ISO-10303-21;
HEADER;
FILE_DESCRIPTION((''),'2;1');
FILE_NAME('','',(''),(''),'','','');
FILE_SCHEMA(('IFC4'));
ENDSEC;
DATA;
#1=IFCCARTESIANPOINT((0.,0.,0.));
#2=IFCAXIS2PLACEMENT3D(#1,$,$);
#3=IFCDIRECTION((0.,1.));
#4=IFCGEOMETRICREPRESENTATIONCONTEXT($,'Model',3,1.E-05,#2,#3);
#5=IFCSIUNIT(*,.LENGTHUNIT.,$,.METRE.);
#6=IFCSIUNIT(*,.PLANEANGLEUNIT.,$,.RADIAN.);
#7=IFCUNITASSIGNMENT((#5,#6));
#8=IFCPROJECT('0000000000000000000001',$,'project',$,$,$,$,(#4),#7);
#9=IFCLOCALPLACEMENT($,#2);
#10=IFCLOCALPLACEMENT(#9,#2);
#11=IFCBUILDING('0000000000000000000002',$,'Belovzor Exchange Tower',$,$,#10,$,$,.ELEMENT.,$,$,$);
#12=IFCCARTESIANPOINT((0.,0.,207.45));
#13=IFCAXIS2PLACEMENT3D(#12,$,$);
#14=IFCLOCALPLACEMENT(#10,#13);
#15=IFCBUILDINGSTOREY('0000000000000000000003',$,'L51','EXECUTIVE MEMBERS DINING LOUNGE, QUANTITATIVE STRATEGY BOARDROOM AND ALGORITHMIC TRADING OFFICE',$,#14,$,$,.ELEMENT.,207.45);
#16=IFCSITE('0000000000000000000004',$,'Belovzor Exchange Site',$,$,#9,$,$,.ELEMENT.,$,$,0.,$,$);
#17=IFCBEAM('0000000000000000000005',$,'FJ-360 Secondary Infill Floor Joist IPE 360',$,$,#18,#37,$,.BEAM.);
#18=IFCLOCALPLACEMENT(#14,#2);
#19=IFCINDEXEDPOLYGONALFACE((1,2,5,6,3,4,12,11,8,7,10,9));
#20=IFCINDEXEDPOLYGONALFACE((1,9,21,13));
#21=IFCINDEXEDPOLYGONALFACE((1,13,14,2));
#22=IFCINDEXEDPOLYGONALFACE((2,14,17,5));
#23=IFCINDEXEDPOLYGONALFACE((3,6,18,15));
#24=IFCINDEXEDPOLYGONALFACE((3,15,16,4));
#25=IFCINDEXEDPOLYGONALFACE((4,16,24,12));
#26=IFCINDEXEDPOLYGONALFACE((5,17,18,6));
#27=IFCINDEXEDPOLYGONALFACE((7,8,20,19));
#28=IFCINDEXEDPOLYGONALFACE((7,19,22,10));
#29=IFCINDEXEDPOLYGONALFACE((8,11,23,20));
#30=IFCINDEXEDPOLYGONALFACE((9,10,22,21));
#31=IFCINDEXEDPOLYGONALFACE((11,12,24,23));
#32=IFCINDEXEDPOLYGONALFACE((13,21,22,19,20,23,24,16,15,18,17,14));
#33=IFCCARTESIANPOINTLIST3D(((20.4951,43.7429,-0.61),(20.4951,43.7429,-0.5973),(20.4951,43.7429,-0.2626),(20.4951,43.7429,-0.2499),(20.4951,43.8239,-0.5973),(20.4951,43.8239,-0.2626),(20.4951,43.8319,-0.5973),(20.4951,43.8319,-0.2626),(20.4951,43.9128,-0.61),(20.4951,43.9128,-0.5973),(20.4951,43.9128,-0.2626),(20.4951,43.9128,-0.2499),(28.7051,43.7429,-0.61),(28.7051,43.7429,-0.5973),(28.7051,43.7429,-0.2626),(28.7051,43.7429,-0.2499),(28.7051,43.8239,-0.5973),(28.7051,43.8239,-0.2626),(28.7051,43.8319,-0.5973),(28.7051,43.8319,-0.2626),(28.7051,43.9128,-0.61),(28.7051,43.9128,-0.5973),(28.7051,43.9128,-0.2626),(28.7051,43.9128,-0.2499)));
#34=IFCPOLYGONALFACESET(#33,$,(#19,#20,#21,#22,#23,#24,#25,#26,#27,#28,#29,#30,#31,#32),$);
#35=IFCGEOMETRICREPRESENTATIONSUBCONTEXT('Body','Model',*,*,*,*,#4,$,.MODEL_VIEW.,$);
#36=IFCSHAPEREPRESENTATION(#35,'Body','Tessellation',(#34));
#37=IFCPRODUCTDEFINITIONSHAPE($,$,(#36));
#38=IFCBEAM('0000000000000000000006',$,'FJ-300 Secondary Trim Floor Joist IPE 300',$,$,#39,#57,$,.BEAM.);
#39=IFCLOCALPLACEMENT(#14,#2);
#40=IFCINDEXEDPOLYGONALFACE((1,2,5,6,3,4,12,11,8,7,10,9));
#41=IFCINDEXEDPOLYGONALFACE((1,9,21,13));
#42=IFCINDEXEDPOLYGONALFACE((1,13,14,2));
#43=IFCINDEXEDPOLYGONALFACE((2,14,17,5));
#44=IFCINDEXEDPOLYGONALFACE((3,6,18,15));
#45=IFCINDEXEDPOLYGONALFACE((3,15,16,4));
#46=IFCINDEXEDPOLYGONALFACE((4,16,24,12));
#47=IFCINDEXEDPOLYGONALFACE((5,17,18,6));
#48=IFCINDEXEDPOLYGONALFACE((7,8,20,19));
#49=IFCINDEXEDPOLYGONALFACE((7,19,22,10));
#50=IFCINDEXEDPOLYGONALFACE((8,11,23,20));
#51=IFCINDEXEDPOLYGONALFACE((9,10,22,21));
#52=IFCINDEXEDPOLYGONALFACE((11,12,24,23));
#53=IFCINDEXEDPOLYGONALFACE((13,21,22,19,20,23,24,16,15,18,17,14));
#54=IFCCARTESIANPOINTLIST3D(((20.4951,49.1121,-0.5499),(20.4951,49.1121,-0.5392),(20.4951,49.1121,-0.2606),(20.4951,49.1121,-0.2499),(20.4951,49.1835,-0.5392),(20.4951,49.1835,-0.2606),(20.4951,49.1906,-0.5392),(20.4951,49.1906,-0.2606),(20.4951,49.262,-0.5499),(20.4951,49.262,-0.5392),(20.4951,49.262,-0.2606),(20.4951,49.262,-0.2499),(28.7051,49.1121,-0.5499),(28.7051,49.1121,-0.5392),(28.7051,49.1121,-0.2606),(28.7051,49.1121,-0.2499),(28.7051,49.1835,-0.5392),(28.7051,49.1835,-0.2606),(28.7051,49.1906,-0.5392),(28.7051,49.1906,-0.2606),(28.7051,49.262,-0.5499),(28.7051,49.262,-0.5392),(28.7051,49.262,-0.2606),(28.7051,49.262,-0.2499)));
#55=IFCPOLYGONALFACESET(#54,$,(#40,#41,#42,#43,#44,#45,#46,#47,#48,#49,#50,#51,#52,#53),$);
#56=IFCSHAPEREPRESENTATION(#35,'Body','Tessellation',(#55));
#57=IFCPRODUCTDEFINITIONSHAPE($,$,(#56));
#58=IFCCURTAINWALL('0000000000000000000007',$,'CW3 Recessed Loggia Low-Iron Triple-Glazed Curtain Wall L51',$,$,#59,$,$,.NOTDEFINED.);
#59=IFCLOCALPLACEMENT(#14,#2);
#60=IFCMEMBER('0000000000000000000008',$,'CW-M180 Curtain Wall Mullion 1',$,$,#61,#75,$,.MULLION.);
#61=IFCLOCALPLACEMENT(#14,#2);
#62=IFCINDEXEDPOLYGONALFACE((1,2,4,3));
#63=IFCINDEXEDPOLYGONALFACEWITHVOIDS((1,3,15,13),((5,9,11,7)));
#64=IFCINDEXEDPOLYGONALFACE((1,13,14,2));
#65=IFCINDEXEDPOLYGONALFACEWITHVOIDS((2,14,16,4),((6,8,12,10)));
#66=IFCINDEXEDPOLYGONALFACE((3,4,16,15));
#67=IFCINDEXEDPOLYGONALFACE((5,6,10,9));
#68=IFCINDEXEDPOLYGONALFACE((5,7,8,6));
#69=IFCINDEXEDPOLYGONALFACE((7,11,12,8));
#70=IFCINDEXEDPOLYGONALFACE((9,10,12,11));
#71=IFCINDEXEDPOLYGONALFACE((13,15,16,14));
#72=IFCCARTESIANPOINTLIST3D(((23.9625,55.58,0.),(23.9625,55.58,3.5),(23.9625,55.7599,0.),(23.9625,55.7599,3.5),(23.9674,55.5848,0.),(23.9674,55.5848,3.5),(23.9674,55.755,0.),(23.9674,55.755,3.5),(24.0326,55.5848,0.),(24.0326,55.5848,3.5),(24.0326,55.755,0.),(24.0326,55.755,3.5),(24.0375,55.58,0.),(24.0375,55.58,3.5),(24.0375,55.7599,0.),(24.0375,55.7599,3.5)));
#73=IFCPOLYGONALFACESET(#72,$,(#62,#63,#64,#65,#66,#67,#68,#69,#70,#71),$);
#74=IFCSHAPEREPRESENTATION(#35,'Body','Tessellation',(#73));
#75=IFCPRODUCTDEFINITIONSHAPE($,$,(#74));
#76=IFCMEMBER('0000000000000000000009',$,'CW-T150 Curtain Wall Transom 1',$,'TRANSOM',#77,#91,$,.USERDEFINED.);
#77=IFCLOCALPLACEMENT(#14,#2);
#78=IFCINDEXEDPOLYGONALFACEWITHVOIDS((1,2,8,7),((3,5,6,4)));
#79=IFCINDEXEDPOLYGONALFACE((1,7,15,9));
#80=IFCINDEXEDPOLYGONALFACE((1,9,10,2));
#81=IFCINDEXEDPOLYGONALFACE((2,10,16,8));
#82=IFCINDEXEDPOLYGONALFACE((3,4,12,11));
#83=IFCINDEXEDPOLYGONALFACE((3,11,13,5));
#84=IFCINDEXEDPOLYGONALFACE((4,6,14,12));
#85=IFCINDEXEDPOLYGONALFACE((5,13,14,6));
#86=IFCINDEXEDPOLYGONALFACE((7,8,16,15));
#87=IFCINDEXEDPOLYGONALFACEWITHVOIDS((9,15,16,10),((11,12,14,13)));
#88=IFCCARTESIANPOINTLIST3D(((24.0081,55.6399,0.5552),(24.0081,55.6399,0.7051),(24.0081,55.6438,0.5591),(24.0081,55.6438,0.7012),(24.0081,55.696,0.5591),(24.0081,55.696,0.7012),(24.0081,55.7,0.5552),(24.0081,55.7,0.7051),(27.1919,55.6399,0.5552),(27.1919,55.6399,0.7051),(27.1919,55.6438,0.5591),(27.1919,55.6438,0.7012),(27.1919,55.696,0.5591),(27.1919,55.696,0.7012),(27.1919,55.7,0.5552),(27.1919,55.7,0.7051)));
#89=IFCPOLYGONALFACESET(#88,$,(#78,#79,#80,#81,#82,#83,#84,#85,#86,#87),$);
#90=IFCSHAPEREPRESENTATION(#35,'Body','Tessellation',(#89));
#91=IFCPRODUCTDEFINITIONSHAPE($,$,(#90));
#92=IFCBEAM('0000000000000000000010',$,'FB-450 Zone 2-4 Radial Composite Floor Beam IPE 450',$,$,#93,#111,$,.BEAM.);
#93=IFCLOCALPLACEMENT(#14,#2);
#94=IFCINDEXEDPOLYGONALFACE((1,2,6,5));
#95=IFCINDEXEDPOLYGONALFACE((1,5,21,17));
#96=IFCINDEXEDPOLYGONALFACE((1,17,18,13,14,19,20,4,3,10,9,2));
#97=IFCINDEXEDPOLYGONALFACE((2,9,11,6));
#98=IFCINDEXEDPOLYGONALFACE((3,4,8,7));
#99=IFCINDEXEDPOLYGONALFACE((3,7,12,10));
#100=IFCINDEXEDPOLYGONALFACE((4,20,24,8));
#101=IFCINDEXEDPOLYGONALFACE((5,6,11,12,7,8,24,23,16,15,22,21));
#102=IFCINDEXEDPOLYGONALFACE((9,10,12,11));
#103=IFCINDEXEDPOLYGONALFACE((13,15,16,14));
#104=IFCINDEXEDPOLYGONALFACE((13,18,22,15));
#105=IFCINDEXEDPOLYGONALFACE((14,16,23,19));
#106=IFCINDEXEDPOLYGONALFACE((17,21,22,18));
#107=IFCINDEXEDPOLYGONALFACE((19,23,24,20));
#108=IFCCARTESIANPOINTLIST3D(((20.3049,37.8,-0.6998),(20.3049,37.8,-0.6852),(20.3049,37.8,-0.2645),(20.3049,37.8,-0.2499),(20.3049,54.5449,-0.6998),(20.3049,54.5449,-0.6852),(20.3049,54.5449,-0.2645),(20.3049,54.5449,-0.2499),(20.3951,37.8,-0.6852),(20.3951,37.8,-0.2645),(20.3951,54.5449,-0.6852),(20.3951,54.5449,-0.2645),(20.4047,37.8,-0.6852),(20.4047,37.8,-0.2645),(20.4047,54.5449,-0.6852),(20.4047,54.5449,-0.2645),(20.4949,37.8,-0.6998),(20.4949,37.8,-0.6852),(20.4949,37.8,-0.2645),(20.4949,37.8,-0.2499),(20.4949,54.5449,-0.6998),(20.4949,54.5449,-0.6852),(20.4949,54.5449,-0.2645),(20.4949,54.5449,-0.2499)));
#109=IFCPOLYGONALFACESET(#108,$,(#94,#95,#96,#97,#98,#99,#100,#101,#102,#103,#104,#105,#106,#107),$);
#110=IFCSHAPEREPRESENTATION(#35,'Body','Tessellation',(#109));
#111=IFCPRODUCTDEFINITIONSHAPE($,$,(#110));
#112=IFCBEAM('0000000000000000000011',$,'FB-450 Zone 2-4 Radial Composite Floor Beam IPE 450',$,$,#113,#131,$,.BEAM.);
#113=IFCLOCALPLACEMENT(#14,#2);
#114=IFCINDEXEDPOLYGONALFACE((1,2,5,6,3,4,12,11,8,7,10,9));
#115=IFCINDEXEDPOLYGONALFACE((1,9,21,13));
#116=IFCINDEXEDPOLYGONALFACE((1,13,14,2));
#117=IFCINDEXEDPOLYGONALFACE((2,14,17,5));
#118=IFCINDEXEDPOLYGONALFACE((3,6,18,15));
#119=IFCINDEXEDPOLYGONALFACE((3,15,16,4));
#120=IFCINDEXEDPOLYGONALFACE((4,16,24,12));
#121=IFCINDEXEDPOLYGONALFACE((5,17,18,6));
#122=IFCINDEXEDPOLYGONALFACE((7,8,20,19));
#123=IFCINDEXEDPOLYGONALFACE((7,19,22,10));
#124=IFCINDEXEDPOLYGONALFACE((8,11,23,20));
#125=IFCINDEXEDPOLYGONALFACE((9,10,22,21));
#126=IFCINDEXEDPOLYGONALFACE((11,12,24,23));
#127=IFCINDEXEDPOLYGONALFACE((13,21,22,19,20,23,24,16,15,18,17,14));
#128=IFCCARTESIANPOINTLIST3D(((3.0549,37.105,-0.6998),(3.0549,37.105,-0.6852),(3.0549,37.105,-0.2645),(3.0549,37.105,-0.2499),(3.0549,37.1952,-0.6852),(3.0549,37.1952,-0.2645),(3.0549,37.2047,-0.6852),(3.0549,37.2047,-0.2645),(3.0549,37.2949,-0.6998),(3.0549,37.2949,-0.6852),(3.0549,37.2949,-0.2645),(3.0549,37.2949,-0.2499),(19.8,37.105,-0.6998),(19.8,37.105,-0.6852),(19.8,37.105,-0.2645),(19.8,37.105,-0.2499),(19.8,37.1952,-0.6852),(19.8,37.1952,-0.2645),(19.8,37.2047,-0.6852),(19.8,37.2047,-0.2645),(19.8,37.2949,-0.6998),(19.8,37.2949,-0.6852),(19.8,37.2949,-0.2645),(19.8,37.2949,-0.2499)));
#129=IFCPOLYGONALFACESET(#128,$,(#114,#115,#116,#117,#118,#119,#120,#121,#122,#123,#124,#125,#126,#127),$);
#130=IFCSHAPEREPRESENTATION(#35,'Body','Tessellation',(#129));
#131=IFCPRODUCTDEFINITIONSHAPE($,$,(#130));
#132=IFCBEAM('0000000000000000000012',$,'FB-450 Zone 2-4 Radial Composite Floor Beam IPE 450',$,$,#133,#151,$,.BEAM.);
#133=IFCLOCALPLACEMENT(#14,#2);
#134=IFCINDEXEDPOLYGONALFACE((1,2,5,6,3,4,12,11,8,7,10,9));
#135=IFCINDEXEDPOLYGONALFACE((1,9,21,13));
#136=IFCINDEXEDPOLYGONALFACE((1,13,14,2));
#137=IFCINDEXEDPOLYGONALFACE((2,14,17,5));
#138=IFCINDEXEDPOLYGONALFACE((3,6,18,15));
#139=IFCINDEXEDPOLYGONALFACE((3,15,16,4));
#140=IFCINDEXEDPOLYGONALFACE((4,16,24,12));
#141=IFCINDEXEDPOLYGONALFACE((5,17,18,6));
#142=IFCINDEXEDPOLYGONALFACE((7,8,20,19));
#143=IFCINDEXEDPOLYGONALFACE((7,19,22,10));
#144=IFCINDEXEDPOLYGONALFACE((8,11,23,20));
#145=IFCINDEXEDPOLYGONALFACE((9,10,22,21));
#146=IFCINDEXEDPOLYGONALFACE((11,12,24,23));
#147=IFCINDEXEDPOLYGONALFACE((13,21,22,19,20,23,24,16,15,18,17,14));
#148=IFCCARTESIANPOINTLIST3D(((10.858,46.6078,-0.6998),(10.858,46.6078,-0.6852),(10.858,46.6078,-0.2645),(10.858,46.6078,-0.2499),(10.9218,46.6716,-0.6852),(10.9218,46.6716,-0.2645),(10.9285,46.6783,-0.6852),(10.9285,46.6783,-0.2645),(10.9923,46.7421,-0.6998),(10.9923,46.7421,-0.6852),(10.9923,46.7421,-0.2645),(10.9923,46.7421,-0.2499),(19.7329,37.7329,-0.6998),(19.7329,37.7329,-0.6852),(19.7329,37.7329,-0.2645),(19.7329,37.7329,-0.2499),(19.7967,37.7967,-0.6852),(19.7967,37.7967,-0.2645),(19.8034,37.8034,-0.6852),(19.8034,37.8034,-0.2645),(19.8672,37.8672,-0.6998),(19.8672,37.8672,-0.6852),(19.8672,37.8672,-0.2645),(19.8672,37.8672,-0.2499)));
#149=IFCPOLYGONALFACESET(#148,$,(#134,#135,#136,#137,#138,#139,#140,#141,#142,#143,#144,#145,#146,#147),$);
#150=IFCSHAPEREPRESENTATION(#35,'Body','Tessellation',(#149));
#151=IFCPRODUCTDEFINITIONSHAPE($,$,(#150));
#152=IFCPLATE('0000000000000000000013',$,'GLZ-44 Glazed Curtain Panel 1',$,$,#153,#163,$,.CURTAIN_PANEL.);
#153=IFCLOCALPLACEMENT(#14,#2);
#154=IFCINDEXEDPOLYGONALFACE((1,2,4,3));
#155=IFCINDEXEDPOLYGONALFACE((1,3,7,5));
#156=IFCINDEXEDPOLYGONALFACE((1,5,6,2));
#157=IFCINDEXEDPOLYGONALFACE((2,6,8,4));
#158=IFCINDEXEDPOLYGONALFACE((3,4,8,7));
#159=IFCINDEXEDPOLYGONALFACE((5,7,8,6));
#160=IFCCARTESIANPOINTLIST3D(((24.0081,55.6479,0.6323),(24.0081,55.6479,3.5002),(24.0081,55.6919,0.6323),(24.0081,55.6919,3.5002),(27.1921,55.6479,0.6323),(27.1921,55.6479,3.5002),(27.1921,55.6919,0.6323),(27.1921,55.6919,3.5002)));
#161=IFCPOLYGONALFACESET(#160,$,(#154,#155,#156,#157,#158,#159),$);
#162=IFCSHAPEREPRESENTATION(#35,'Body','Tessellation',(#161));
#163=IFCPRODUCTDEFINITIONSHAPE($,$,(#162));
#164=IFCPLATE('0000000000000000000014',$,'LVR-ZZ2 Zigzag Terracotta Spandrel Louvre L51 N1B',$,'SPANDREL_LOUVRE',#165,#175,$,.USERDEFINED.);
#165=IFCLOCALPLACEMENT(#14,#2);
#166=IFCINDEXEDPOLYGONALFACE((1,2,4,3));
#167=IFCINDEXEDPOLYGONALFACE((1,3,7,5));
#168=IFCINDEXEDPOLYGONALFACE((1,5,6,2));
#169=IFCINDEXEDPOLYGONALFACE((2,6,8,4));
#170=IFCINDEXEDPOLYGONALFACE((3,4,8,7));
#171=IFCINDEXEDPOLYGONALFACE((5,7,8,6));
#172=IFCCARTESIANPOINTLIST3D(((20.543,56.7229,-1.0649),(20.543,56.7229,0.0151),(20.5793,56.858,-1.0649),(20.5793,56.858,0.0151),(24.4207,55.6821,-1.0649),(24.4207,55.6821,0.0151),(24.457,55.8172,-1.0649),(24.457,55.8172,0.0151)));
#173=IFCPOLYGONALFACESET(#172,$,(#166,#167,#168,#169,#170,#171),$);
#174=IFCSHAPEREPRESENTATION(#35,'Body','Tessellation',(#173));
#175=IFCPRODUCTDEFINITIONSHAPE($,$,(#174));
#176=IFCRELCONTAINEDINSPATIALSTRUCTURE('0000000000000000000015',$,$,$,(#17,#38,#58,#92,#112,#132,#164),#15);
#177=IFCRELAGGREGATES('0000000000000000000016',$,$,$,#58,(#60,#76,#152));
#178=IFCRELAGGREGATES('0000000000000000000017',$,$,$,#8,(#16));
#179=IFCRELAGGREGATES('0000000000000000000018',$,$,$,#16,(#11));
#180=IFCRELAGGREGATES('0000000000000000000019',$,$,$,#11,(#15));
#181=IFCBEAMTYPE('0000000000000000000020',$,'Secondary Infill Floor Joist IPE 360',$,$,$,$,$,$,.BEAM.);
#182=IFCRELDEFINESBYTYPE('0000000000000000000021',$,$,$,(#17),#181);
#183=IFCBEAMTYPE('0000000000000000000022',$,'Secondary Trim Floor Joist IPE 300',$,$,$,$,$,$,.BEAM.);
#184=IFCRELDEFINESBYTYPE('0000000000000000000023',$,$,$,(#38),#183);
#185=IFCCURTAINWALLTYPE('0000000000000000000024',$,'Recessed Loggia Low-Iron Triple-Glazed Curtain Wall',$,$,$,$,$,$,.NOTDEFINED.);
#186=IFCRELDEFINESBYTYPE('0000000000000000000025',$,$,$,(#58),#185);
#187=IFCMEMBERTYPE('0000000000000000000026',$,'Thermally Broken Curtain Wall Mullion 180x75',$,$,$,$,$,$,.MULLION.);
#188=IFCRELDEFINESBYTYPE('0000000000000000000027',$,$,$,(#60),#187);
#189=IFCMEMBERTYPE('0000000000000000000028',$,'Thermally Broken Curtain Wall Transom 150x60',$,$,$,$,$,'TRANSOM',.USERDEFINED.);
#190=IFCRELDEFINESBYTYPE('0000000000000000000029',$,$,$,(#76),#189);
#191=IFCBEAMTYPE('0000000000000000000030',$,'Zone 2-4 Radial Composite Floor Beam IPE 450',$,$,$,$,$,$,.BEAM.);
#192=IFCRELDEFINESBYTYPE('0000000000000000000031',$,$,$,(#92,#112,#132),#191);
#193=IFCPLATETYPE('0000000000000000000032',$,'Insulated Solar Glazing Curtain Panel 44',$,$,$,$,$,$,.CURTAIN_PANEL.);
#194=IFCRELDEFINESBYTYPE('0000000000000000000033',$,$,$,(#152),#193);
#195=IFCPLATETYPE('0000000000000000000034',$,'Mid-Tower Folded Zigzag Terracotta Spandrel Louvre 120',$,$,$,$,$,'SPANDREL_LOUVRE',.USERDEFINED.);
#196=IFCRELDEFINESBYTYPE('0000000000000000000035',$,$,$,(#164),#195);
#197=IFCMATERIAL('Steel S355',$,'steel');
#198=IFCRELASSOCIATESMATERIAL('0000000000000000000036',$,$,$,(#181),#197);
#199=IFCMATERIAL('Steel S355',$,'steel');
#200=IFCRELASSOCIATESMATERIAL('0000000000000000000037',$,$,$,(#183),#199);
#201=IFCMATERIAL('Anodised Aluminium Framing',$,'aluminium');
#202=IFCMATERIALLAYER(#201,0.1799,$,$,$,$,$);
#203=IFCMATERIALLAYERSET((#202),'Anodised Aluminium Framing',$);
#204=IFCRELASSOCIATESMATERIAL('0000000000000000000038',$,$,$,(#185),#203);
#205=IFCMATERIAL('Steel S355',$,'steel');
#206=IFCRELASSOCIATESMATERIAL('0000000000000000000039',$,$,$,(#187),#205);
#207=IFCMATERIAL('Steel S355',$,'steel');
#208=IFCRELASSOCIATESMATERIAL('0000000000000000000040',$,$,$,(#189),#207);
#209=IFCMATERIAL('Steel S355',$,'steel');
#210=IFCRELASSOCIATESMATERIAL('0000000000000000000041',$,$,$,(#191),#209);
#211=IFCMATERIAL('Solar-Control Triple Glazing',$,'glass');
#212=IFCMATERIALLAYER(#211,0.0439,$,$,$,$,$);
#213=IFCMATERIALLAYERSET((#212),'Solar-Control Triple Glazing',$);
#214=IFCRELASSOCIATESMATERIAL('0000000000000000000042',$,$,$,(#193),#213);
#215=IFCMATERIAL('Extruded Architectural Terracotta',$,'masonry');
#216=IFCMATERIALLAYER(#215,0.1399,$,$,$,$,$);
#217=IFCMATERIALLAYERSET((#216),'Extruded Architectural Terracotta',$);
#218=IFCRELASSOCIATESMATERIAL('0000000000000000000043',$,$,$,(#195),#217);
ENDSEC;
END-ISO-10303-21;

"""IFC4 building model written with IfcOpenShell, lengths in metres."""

from ifc_helpers import new_model, si_unit, direction, frame, origin, origin_2d, place, context, subcontext, project, spatial, rectangle, hollow_rectangle, i_section, extrude, material, layer, layer_set, material_profile, profile_set, type_object, element, aggregate, save


model = new_model("IFC4")

# Units and contexts
model_context = context("Model", 3, precision=1e-05, world=origin(), true_north=direction((0.0, 1.0)))
body_context = subcontext(model_context, "Body", "Model", "MODEL_VIEW")
ifc_project = project(units=[si_unit("LENGTHUNIT", "METRE"), si_unit("PLANEANGLEUNIT", "RADIAN")], contexts=[model_context])

# Site, building, storey
site_placement = place(None, origin())
site = spatial("IfcSite", under=ifc_project, at=site_placement, Name="Belovzor Exchange Site", CompositionType="ELEMENT", RefElevation=0.0)
building_placement = place(site_placement, origin())
building = spatial("IfcBuilding", under=site, at=building_placement, Name="Belovzor Exchange Tower", CompositionType="ELEMENT")
storey_placement = place(building_placement, frame((0.0, 0.0, 207.45)))
storey = spatial("IfcBuildingStorey", under=building, at=storey_placement, Name="L51", Description="EXECUTIVE MEMBERS DINING LOUNGE, QUANTITATIVE STRATEGY BOARDROOM AND ALGORITHMIC TRADING OFFICE", CompositionType="ELEMENT", Elevation=207.45)

# Beams
ifc_material_1 = material(Name="Steel S355", Category="steel")
ifc_material_profile_1 = material_profile(ifc_material_1, i_section(OverallWidth=0.1699, OverallDepth=0.3601, WebThickness=0.0081, FlangeThickness=0.0127, at=origin_2d()))
ifc_profile_set_1 = profile_set([ifc_material_profile_1], Name="Steel S355")
beam_type_1 = type_object("IfcBeamType", Name="Secondary Infill Floor Joist IPE 360", PredefinedType="BEAM", material=ifc_profile_set_1)
beam_1_placement = place(storey_placement, frame((20.4951, 43.8279, -0.4299), z_axis=(1.0, 0.0, 0.0), x_axis=(0.0, 1.0, 0.0)))
element("IfcBeam", 1, at=beam_1_placement, inside=storey, type_object=beam_type_1, Name="FJ-360 Secondary Infill Floor Joist IPE 360", PredefinedType="BEAM", context=body_context, shape_type="SweptSolid", body=[
    extrude(i_section(OverallWidth=0.1699, OverallDepth=0.3601, WebThickness=0.0081, FlangeThickness=0.0127, at=origin_2d()), origin(), (0.0, 0.0, 1.0), 8.21),
])
ifc_material_2 = material(Name="Steel S355", Category="steel")
ifc_material_profile_2 = material_profile(ifc_material_2, i_section(OverallWidth=0.1499, OverallDepth=0.3, WebThickness=0.0071, FlangeThickness=0.0107, at=origin_2d()))
ifc_profile_set_2 = profile_set([ifc_material_profile_2], Name="Steel S355")
beam_type_2 = type_object("IfcBeamType", Name="Secondary Trim Floor Joist IPE 300", PredefinedType="BEAM", material=ifc_profile_set_2)
beam_2_placement = place(storey_placement, frame((20.4951, 49.187, -0.3999), z_axis=(1.0, 0.0, 0.0), x_axis=(0.0, 1.0, 0.0)))
element("IfcBeam", 2, at=beam_2_placement, inside=storey, type_object=beam_type_2, Name="FJ-300 Secondary Trim Floor Joist IPE 300", PredefinedType="BEAM", context=body_context, shape_type="SweptSolid", body=[
    extrude(i_section(OverallWidth=0.1499, OverallDepth=0.3, WebThickness=0.0071, FlangeThickness=0.0107, at=origin_2d()), origin(), (0.0, 0.0, 1.0), 8.21),
])

# Curtain wall, members
ifc_material_3 = material(Name="Anodised Aluminium Framing", Category="aluminium")
ifc_layer_1 = layer(ifc_material_3, 0.1799)
ifc_layer_set_1 = layer_set([ifc_layer_1], Name="Anodised Aluminium Framing")
curtain_wall_type = type_object("IfcCurtainWallType", Name="Recessed Loggia Low-Iron Triple-Glazed Curtain Wall", PredefinedType="NOTDEFINED", material=ifc_layer_set_1)
curtain_wall_placement = place(storey_placement, origin())
curtain_wall = element("IfcCurtainWall", 3, at=curtain_wall_placement, inside=storey, type_object=curtain_wall_type, Name="CW3 Recessed Loggia Low-Iron Triple-Glazed Curtain Wall L51", PredefinedType="NOTDEFINED")
ifc_material_4 = material(Name="Steel S355", Category="steel")
ifc_material_profile_3 = material_profile(ifc_material_4, hollow_rectangle(XDim=0.075, YDim=0.1799, WallThickness=0.0049, at=origin_2d()))
ifc_profile_set_3 = profile_set([ifc_material_profile_3], Name="Steel S355")
member_type_1 = type_object("IfcMemberType", Name="Thermally Broken Curtain Wall Mullion 180x75", PredefinedType="MULLION", material=ifc_profile_set_3)
member_1_placement = place(storey_placement, frame((24.0, 55.6699, 0.0), z_axis=(0.0, 0.0, 1.0), x_axis=(1.0, 0.0, 0.0)))
member_1 = element("IfcMember", 4, at=member_1_placement, type_object=member_type_1, Name="CW-M180 Curtain Wall Mullion 1", PredefinedType="MULLION", context=body_context, shape_type="SweptSolid", body=[
    extrude(hollow_rectangle(XDim=0.075, YDim=0.1799, WallThickness=0.0049, at=origin_2d()), origin(), (0.0, 0.0, 1.0), 3.5),
])
ifc_material_5 = material(Name="Steel S355", Category="steel")
ifc_material_profile_4 = material_profile(ifc_material_5, hollow_rectangle(XDim=0.0601, YDim=0.1499, WallThickness=0.0039, at=origin_2d()))
ifc_profile_set_4 = profile_set([ifc_material_profile_4], Name="Steel S355")
member_type_2 = type_object("IfcMemberType", Name="Thermally Broken Curtain Wall Transom 150x60", ElementType="TRANSOM", PredefinedType="USERDEFINED", material=ifc_profile_set_4)
member_2_placement = place(storey_placement, frame((24.0081, 55.6699, 0.6301), z_axis=(1.0, 0.0, 0.0), x_axis=(0.0, 1.0, 0.0)))
member_2 = element("IfcMember", 5, at=member_2_placement, type_object=member_type_2, Name="CW-T150 Curtain Wall Transom 1", ObjectType="TRANSOM", PredefinedType="USERDEFINED", context=body_context, shape_type="SweptSolid", body=[
    extrude(hollow_rectangle(XDim=0.0601, YDim=0.1499, WallThickness=0.0039, at=origin_2d()), origin(), (0.0, 0.0, 1.0), 3.1838),
])

# Beams
ifc_material_6 = material(Name="Steel S355", Category="steel")
ifc_material_profile_5 = material_profile(ifc_material_6, i_section(OverallWidth=0.1899, OverallDepth=0.45, WebThickness=0.0095, FlangeThickness=0.0146, at=origin_2d()))
ifc_profile_set_5 = profile_set([ifc_material_profile_5], Name="Steel S355")
beam_type_3 = type_object("IfcBeamType", Name="Zone 2-4 Radial Composite Floor Beam IPE 450", PredefinedType="BEAM", material=ifc_profile_set_5)
beam_3_placement = place(storey_placement, frame((20.3999, 37.8, -0.4749), z_axis=(0.0, 1.0, 0.0), x_axis=(-1.0, 0.0, 0.0)))
element("IfcBeam", 6, at=beam_3_placement, inside=storey, type_object=beam_type_3, Name="FB-450 Zone 2-4 Radial Composite Floor Beam IPE 450", PredefinedType="BEAM", context=body_context, shape_type="SweptSolid", body=[
    extrude(i_section(OverallWidth=0.1899, OverallDepth=0.45, WebThickness=0.0095, FlangeThickness=0.0146, at=origin_2d()), origin(), (0.0, 0.0, 1.0), 16.7449),
])
beam_4_placement = place(storey_placement, frame((19.8, 37.2, -0.4749), z_axis=(-1.0, 0.0, 0.0), x_axis=(0.0, -1.0, 0.0)))
element("IfcBeam", 7, at=beam_4_placement, inside=storey, type_object=beam_type_3, Name="FB-450 Zone 2-4 Radial Composite Floor Beam IPE 450", PredefinedType="BEAM", context=body_context, shape_type="SweptSolid", body=[
    extrude(i_section(OverallWidth=0.1899, OverallDepth=0.45, WebThickness=0.0095, FlangeThickness=0.0146, at=origin_2d()), origin(), (0.0, 0.0, 1.0), 16.7451),
])
beam_5_placement = place(storey_placement, frame((19.8, 37.8, -0.4749), z_axis=(-0.707107, 0.707107, 0.0), x_axis=(-0.707107, -0.707107, 0.0)))
element("IfcBeam", 8, at=beam_5_placement, inside=storey, type_object=beam_type_3, Name="FB-450 Zone 2-4 Radial Composite Floor Beam IPE 450", PredefinedType="BEAM", context=body_context, shape_type="SweptSolid", body=[
    extrude(i_section(OverallWidth=0.1899, OverallDepth=0.45, WebThickness=0.0095, FlangeThickness=0.0146, at=origin_2d()), origin(), (0.0, 0.0, 1.0), 12.551),
])

# Plates
ifc_material_7 = material(Name="Solar-Control Triple Glazing", Category="glass")
ifc_layer_2 = layer(ifc_material_7, 0.0439)
ifc_layer_set_2 = layer_set([ifc_layer_2], Name="Solar-Control Triple Glazing")
plate_type_1 = type_object("IfcPlateType", Name="Insulated Solar Glazing Curtain Panel 44", PredefinedType="CURTAIN_PANEL", material=ifc_layer_set_2)
plate_1_placement = place(storey_placement, frame((25.6001, 55.6699, 0.6323), z_axis=(0.0, 0.0, 1.0), x_axis=(1.0, 0.0, 0.0)))
plate_1 = element("IfcPlate", 9, at=plate_1_placement, type_object=plate_type_1, Name="GLZ-44 Glazed Curtain Panel 1", PredefinedType="CURTAIN_PANEL", context=body_context, shape_type="SweptSolid", body=[
    extrude(rectangle(XDim=3.1841, YDim=0.0439, at=origin_2d()), origin(), (0.0, 0.0, 1.0), 2.8679),
])
ifc_material_8 = material(Name="Extruded Architectural Terracotta", Category="masonry")
ifc_layer_3 = layer(ifc_material_8, 0.1399)
ifc_layer_set_3 = layer_set([ifc_layer_3], Name="Extruded Architectural Terracotta")
plate_type_2 = type_object("IfcPlateType", Name="Mid-Tower Folded Zigzag Terracotta Spandrel Louvre 120", ElementType="SPANDREL_LOUVRE", PredefinedType="USERDEFINED", material=ifc_layer_set_3)
plate_2_placement = place(storey_placement, frame((22.5, 56.27, -1.0649), z_axis=(0.0, 0.0, 1.0), x_axis=(0.965813, -0.25924, 0.0)))
element("IfcPlate", 10, at=plate_2_placement, inside=storey, type_object=plate_type_2, Name="LVR-ZZ2 Zigzag Terracotta Spandrel Louvre L51 N1B", ObjectType="SPANDREL_LOUVRE", PredefinedType="USERDEFINED", context=body_context, shape_type="SweptSolid", body=[
    extrude(rectangle(XDim=4.0149, YDim=0.1399, at=origin_2d()), origin(), (0.0, 0.0, 1.0), 1.0801),
])
aggregate(curtain_wall, [member_1, member_2, plate_1])

save(model, "model.ifc")
